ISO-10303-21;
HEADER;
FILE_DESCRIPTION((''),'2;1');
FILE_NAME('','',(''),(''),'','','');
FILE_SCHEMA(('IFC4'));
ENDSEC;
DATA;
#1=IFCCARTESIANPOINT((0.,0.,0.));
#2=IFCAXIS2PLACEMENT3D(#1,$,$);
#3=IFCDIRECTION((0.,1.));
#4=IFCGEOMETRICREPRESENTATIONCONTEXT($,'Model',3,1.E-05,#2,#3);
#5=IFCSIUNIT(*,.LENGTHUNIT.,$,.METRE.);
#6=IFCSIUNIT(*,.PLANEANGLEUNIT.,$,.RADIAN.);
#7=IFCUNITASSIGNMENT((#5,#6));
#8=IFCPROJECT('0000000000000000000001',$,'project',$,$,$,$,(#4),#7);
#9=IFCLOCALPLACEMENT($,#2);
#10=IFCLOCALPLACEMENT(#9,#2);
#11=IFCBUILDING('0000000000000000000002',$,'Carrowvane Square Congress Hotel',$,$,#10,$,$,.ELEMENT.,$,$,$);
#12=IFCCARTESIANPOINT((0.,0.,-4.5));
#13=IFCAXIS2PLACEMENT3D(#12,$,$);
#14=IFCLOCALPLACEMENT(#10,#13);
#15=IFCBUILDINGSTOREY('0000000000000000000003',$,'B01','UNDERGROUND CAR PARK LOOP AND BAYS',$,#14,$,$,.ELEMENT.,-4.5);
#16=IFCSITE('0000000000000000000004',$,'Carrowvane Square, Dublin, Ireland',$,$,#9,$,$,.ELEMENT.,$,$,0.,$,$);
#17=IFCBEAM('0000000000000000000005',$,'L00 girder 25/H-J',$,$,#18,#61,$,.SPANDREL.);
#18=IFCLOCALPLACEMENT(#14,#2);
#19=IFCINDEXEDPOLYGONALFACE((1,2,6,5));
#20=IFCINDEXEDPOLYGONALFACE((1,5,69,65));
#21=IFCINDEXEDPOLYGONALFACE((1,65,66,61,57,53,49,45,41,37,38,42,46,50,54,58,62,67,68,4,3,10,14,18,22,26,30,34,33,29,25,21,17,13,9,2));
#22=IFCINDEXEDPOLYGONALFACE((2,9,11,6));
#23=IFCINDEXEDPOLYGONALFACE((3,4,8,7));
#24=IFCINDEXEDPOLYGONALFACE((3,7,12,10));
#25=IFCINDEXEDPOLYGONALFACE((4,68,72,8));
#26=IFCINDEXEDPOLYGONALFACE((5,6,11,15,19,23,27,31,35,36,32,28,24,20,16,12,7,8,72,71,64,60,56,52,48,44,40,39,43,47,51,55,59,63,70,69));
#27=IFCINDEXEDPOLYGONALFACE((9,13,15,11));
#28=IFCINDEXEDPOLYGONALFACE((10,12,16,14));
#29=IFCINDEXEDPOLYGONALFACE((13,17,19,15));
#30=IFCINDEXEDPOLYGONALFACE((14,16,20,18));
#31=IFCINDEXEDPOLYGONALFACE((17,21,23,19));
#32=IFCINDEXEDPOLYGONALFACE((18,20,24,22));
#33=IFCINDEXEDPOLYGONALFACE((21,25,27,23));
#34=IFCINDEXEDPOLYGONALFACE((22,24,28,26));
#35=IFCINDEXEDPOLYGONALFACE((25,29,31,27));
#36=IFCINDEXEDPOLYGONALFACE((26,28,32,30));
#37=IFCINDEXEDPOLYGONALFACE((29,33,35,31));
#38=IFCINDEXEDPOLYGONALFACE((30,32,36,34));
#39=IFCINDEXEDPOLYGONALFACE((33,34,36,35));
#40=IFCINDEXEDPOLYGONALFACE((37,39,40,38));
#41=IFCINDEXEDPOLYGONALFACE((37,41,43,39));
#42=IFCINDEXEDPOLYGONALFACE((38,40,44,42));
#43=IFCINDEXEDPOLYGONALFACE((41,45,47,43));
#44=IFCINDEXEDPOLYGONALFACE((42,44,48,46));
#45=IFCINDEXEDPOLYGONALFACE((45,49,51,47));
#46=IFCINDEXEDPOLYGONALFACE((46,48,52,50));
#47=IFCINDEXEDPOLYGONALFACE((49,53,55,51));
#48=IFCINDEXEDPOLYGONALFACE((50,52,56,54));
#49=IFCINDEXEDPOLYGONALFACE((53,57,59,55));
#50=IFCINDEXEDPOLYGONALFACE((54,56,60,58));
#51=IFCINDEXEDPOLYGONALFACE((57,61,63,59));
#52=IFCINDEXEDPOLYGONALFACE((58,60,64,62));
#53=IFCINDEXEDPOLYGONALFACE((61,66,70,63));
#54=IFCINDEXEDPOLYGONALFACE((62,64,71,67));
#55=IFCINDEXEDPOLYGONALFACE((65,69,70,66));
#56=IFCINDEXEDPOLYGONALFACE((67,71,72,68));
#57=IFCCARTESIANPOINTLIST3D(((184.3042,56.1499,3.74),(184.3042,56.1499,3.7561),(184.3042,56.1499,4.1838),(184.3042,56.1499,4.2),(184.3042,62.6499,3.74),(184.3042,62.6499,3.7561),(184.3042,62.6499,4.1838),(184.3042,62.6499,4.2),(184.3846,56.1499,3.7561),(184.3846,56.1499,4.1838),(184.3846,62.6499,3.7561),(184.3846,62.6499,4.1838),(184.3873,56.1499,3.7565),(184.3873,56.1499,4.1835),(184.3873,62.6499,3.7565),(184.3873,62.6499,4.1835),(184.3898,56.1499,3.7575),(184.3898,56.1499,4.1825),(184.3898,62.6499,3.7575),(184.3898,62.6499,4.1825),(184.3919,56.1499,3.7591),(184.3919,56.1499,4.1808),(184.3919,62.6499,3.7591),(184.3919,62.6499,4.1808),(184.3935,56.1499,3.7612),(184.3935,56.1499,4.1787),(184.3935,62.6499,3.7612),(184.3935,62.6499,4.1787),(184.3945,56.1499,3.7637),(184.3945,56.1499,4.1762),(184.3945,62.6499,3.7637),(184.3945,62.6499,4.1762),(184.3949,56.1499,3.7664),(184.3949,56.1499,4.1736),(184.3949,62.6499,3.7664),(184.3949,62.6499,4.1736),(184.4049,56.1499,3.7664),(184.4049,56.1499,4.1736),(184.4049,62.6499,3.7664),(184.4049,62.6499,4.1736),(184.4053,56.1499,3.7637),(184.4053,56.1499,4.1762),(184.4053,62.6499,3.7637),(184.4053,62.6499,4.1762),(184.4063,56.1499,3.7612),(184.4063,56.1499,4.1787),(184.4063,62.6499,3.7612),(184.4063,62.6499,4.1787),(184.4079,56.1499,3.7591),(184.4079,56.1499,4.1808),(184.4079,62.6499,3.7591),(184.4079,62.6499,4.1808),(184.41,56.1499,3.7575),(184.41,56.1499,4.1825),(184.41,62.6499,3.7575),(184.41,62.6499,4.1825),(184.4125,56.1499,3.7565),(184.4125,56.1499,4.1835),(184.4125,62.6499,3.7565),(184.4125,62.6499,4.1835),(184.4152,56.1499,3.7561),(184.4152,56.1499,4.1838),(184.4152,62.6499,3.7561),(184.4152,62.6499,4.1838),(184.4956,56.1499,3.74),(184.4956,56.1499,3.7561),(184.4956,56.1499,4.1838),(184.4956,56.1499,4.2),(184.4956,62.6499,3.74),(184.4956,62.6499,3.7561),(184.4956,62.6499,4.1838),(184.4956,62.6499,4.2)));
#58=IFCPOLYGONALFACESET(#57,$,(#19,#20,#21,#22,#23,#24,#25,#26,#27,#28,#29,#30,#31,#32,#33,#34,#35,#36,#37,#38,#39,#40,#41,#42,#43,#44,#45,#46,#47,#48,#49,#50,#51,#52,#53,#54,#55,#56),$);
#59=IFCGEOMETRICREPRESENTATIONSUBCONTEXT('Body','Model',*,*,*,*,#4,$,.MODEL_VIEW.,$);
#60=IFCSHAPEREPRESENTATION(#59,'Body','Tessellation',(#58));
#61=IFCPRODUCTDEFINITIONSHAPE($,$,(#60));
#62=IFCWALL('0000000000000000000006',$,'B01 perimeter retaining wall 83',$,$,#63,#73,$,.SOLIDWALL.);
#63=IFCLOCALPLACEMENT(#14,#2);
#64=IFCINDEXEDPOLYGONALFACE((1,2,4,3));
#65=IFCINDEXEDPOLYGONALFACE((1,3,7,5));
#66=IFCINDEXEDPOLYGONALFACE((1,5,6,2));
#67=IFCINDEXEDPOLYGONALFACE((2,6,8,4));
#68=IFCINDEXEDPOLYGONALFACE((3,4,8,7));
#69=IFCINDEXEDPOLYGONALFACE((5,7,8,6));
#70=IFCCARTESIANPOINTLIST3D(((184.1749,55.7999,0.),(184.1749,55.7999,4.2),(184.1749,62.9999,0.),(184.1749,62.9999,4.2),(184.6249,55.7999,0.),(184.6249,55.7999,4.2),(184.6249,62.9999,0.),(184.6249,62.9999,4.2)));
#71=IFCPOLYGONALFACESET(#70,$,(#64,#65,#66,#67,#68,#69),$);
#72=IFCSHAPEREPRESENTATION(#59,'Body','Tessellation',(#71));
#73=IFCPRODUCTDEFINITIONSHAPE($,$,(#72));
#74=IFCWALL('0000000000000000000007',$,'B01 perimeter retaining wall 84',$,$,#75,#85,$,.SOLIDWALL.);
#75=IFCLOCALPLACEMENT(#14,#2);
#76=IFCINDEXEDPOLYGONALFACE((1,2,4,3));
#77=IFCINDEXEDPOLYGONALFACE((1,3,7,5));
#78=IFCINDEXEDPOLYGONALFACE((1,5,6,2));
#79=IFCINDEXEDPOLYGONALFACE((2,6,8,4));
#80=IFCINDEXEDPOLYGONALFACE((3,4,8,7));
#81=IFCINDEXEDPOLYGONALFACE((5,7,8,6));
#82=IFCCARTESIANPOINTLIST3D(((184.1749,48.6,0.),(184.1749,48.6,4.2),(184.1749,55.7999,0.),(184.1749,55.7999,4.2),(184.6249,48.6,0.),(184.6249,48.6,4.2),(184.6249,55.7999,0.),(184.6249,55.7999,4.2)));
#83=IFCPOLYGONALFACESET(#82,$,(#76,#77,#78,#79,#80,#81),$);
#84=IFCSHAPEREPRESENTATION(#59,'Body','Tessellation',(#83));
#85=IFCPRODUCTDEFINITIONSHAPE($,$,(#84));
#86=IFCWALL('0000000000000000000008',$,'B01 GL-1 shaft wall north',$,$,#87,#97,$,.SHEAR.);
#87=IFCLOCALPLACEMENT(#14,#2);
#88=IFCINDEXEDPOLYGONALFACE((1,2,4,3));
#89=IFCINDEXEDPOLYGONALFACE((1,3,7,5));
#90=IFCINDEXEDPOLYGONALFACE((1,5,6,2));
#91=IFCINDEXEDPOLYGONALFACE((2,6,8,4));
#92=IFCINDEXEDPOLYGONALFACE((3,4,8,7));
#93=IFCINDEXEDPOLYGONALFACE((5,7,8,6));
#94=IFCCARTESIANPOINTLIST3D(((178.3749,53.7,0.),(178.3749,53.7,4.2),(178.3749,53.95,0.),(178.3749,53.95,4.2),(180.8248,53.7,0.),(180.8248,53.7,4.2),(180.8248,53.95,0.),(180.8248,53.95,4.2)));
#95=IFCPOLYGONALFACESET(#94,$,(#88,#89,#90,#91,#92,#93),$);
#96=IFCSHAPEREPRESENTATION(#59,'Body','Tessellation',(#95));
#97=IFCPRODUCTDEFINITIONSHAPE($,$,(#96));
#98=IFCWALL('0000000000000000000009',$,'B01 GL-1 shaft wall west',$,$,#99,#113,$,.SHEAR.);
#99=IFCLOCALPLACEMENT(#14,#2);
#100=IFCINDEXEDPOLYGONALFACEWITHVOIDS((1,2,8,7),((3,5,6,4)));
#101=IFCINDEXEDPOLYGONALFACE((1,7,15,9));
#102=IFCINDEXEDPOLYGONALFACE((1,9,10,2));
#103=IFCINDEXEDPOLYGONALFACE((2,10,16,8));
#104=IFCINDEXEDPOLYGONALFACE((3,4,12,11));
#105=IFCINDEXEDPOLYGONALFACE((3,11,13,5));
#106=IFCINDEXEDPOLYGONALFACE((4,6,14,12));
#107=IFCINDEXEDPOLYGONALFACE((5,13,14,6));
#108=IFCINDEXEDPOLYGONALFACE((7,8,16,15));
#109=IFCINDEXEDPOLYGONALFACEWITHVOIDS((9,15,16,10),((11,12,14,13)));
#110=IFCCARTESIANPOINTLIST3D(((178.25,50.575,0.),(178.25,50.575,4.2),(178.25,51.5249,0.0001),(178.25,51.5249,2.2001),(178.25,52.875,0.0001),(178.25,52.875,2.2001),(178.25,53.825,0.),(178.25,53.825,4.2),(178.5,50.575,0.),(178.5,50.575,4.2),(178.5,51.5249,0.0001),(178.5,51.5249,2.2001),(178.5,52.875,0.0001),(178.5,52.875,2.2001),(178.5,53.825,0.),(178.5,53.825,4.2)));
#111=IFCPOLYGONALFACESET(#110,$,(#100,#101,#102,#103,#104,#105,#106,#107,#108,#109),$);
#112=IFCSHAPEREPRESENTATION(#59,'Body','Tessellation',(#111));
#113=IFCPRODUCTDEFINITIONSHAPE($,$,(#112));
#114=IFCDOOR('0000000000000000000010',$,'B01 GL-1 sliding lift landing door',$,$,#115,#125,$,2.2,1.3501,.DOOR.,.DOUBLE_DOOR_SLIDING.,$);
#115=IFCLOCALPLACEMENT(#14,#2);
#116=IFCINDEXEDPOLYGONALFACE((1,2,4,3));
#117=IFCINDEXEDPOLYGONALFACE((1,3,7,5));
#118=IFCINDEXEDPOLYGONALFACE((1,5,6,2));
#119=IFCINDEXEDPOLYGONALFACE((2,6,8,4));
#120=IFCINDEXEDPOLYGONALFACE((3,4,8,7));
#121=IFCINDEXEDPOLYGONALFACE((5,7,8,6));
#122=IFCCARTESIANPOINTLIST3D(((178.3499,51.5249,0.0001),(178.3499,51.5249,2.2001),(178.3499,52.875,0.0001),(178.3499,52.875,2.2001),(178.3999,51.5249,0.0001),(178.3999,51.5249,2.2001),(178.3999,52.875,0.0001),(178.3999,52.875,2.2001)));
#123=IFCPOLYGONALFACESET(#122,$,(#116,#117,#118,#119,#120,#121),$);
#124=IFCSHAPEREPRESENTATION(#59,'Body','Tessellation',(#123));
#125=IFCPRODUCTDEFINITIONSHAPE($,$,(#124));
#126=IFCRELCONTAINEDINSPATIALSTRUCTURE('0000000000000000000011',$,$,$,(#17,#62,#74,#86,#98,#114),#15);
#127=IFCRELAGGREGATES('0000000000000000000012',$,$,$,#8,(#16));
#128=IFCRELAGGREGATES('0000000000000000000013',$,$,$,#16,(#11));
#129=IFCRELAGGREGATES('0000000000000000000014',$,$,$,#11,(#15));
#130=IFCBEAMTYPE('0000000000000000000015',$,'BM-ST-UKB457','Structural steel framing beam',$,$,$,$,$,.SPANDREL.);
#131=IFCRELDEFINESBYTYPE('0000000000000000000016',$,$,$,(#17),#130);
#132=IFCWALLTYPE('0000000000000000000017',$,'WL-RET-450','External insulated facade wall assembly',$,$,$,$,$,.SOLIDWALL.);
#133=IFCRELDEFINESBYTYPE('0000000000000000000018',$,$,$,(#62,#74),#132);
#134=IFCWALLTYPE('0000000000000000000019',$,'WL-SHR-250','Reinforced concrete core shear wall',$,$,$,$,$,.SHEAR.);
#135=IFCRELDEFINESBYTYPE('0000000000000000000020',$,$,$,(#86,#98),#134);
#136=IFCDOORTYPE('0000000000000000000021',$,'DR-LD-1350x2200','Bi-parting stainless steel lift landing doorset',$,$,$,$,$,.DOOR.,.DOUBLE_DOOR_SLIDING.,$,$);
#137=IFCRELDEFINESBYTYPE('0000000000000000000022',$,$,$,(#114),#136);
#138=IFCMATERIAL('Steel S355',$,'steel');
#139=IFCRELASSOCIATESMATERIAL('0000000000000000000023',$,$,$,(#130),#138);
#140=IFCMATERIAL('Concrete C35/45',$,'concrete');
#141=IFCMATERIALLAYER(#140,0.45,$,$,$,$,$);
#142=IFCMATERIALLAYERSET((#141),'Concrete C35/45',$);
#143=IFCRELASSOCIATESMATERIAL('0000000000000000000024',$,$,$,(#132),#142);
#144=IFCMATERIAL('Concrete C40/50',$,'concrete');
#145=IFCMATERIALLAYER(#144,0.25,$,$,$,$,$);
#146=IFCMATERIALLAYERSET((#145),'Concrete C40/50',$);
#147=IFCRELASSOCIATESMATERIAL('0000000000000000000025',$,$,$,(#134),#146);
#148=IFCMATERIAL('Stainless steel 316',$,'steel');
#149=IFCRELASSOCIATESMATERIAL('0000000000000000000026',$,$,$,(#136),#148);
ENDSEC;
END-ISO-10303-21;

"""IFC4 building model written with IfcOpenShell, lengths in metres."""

from ifc_helpers import new_model, si_unit, direction, frame, frame_2d, origin, origin_2d, place, context, subcontext, project, spatial, rectangle, i_section, extrude, material, layer, layer_set, material_profile, profile_set, type_object, element, fill, save


model = new_model("IFC4")

# Units and contexts
model_context = context("Model", 3, precision=1e-05, world=origin(), true_north=direction((0.0, 1.0)))
body_context = subcontext(model_context, "Body", "Model", "MODEL_VIEW")
ifc_project = project(units=[si_unit("LENGTHUNIT", "METRE"), si_unit("PLANEANGLEUNIT", "RADIAN")], contexts=[model_context])

# Site, building, storey
site_placement = place(None, origin())
site = spatial("IfcSite", under=ifc_project, at=site_placement, Name="Carrowvane Square, Dublin, Ireland", CompositionType="ELEMENT", RefElevation=0.0)
building_placement = place(site_placement, origin())
building = spatial("IfcBuilding", under=site, at=building_placement, Name="Carrowvane Square Congress Hotel", CompositionType="ELEMENT")
storey_placement = place(building_placement, frame((0.0, 0.0, -4.5)))
storey = spatial("IfcBuildingStorey", under=building, at=storey_placement, Name="B01", Description="UNDERGROUND CAR PARK LOOP AND BAYS", CompositionType="ELEMENT", Elevation=-4.5)

# Beam
ifc_material_1 = material(Name="Steel S355", Category="steel")
ifc_material_profile_1 = material_profile(ifc_material_1, i_section(OverallWidth=0.1914, OverallDepth=0.46, WebThickness=0.01, FlangeThickness=0.0161, FilletRadius=0.0103, at=origin_2d()), Name="UKB 457x191x82")
ifc_profile_set_1 = profile_set([ifc_material_profile_1], Name="Steel S355")
beam_type_1 = type_object("IfcBeamType", Name="BM-ST-UKB457", Description="Structural steel framing beam", PredefinedType="SPANDREL", material=ifc_profile_set_1)
beam_1_placement = place(storey_placement, frame((184.3999, 56.1499, 3.97), z_axis=(0.0, 1.0, 0.0), x_axis=(-1.0, 0.0, 0.0)))
element("IfcBeam", 1, at=beam_1_placement, inside=storey, type_object=beam_type_1, Name="L00 girder 25/H-J", PredefinedType="SPANDREL", context=body_context, shape_type="SweptSolid", body=[
    extrude(i_section(OverallWidth=0.1914, OverallDepth=0.46, WebThickness=0.01, FlangeThickness=0.0161, FilletRadius=0.0103, at=origin_2d()), origin(), (0.0, 0.0, 1.0), 6.5),
])

# Walls
ifc_material_2 = material(Name="Concrete C35/45", Category="concrete")
ifc_layer_1 = layer(ifc_material_2, 0.45)
ifc_layer_set_1 = layer_set([ifc_layer_1], Name="Concrete C35/45")
wall_type_1 = type_object("IfcWallType", Name="WL-RET-450", Description="External insulated facade wall assembly", PredefinedType="SOLIDWALL", material=ifc_layer_set_1)
for number, where, z_axis, x_axis, name in (
    (2, (184.3999, 63.0, 0.0), (0.0, 0.0, 1.0), (0.0, -1.0, 0.0), "B01 perimeter retaining wall 83"),
    (3, (184.3999, 55.8, 0.0), (0.0, 0.0, 1.0), (0.0, -1.0, 0.0), "B01 perimeter retaining wall 84"),
):
    element("IfcWall", number, at=place(storey_placement, frame(where, z_axis=z_axis, x_axis=x_axis)), inside=storey, type_object=wall_type_1, Name=name, PredefinedType="SOLIDWALL", context=body_context, shape_type="SweptSolid", body=[
        extrude(rectangle(XDim=7.2, YDim=0.45, at=frame_2d((3.6001, 0.0))), origin(), (0.0, 0.0, 1.0), 4.2),
    ])
ifc_material_3 = material(Name="Concrete C40/50", Category="concrete")
ifc_layer_2 = layer(ifc_material_3, 0.25)
ifc_layer_set_2 = layer_set([ifc_layer_2], Name="Concrete C40/50")
wall_type_2 = type_object("IfcWallType", Name="WL-SHR-250", Description="Reinforced concrete core shear wall", PredefinedType="SHEAR", material=ifc_layer_set_2)
wall_1_placement = place(storey_placement, frame((180.825, 53.825, 0.0), z_axis=(0.0, 0.0, 1.0), x_axis=(-1.0, 0.0, 0.0)))
element("IfcWall", 4, at=wall_1_placement, inside=storey, type_object=wall_type_2, Name="B01 GL-1 shaft wall north", PredefinedType="SHEAR", context=body_context, shape_type="SweptSolid", body=[
    extrude(rectangle(XDim=2.45, YDim=0.25, at=frame_2d((1.2251, 0.0))), origin(), (0.0, 0.0, 1.0), 4.2),
])

# Wall, opening, door
wall_2_placement = place(storey_placement, frame((178.375, 53.825, 0.0), z_axis=(0.0, 0.0, 1.0), x_axis=(0.0, -1.0, 0.0)))
wall_2 = element("IfcWall", 5, at=wall_2_placement, inside=storey, type_object=wall_type_2, Name="B01 GL-1 shaft wall west", PredefinedType="SHEAR", context=body_context, shape_type="SweptSolid", body=[
    extrude(rectangle(XDim=3.25, YDim=0.25, at=frame_2d((1.625, 0.0))), origin(), (0.0, 0.0, 1.0), 4.2),
])
opening_placement = place(wall_2_placement, frame((0.95, 0.0, 0.0)))
opening = element("IfcOpeningElement", 6, at=opening_placement, cuts=wall_2, PredefinedType="OPENING", context=body_context, shape_type="SweptSolid", body=[
    extrude(rectangle(XDim=1.3501, YDim=2.2, at=frame_2d((0.675, 1.1001))), frame((0.0, 0.135, 0.0), z_axis=(0.0, -1.0, 0.0), x_axis=(1.0, 0.0, 0.0)), (0.0, 0.0, 1.0), 0.27),
])
ifc_material_4 = material(Name="Stainless steel 316", Category="steel")
door_type = type_object("IfcDoorType", Name="DR-LD-1350x2200", Description="Bi-parting stainless steel lift landing doorset", OperationType="DOUBLE_DOOR_SLIDING", PredefinedType="DOOR", material=ifc_material_4)
door_placement = place(opening_placement, origin())
door = element("IfcDoor", 7, at=door_placement, inside=storey, type_object=door_type, Name="B01 GL-1 sliding lift landing door", OperationType="DOUBLE_DOOR_SLIDING", OverallHeight=2.2, OverallWidth=1.3501, PredefinedType="DOOR", context=body_context, shape_type="SweptSolid", body=[
    extrude(rectangle(XDim=1.3501, YDim=2.2, at=frame_2d((0.675, 1.1001))), frame((0.0, 0.0249, 0.0), z_axis=(0.0, -1.0, 0.0), x_axis=(1.0, 0.0, 0.0)), (0.0, 0.0, 1.0), 0.05),
])
fill(opening, door)

save(model, "model.ifc")
